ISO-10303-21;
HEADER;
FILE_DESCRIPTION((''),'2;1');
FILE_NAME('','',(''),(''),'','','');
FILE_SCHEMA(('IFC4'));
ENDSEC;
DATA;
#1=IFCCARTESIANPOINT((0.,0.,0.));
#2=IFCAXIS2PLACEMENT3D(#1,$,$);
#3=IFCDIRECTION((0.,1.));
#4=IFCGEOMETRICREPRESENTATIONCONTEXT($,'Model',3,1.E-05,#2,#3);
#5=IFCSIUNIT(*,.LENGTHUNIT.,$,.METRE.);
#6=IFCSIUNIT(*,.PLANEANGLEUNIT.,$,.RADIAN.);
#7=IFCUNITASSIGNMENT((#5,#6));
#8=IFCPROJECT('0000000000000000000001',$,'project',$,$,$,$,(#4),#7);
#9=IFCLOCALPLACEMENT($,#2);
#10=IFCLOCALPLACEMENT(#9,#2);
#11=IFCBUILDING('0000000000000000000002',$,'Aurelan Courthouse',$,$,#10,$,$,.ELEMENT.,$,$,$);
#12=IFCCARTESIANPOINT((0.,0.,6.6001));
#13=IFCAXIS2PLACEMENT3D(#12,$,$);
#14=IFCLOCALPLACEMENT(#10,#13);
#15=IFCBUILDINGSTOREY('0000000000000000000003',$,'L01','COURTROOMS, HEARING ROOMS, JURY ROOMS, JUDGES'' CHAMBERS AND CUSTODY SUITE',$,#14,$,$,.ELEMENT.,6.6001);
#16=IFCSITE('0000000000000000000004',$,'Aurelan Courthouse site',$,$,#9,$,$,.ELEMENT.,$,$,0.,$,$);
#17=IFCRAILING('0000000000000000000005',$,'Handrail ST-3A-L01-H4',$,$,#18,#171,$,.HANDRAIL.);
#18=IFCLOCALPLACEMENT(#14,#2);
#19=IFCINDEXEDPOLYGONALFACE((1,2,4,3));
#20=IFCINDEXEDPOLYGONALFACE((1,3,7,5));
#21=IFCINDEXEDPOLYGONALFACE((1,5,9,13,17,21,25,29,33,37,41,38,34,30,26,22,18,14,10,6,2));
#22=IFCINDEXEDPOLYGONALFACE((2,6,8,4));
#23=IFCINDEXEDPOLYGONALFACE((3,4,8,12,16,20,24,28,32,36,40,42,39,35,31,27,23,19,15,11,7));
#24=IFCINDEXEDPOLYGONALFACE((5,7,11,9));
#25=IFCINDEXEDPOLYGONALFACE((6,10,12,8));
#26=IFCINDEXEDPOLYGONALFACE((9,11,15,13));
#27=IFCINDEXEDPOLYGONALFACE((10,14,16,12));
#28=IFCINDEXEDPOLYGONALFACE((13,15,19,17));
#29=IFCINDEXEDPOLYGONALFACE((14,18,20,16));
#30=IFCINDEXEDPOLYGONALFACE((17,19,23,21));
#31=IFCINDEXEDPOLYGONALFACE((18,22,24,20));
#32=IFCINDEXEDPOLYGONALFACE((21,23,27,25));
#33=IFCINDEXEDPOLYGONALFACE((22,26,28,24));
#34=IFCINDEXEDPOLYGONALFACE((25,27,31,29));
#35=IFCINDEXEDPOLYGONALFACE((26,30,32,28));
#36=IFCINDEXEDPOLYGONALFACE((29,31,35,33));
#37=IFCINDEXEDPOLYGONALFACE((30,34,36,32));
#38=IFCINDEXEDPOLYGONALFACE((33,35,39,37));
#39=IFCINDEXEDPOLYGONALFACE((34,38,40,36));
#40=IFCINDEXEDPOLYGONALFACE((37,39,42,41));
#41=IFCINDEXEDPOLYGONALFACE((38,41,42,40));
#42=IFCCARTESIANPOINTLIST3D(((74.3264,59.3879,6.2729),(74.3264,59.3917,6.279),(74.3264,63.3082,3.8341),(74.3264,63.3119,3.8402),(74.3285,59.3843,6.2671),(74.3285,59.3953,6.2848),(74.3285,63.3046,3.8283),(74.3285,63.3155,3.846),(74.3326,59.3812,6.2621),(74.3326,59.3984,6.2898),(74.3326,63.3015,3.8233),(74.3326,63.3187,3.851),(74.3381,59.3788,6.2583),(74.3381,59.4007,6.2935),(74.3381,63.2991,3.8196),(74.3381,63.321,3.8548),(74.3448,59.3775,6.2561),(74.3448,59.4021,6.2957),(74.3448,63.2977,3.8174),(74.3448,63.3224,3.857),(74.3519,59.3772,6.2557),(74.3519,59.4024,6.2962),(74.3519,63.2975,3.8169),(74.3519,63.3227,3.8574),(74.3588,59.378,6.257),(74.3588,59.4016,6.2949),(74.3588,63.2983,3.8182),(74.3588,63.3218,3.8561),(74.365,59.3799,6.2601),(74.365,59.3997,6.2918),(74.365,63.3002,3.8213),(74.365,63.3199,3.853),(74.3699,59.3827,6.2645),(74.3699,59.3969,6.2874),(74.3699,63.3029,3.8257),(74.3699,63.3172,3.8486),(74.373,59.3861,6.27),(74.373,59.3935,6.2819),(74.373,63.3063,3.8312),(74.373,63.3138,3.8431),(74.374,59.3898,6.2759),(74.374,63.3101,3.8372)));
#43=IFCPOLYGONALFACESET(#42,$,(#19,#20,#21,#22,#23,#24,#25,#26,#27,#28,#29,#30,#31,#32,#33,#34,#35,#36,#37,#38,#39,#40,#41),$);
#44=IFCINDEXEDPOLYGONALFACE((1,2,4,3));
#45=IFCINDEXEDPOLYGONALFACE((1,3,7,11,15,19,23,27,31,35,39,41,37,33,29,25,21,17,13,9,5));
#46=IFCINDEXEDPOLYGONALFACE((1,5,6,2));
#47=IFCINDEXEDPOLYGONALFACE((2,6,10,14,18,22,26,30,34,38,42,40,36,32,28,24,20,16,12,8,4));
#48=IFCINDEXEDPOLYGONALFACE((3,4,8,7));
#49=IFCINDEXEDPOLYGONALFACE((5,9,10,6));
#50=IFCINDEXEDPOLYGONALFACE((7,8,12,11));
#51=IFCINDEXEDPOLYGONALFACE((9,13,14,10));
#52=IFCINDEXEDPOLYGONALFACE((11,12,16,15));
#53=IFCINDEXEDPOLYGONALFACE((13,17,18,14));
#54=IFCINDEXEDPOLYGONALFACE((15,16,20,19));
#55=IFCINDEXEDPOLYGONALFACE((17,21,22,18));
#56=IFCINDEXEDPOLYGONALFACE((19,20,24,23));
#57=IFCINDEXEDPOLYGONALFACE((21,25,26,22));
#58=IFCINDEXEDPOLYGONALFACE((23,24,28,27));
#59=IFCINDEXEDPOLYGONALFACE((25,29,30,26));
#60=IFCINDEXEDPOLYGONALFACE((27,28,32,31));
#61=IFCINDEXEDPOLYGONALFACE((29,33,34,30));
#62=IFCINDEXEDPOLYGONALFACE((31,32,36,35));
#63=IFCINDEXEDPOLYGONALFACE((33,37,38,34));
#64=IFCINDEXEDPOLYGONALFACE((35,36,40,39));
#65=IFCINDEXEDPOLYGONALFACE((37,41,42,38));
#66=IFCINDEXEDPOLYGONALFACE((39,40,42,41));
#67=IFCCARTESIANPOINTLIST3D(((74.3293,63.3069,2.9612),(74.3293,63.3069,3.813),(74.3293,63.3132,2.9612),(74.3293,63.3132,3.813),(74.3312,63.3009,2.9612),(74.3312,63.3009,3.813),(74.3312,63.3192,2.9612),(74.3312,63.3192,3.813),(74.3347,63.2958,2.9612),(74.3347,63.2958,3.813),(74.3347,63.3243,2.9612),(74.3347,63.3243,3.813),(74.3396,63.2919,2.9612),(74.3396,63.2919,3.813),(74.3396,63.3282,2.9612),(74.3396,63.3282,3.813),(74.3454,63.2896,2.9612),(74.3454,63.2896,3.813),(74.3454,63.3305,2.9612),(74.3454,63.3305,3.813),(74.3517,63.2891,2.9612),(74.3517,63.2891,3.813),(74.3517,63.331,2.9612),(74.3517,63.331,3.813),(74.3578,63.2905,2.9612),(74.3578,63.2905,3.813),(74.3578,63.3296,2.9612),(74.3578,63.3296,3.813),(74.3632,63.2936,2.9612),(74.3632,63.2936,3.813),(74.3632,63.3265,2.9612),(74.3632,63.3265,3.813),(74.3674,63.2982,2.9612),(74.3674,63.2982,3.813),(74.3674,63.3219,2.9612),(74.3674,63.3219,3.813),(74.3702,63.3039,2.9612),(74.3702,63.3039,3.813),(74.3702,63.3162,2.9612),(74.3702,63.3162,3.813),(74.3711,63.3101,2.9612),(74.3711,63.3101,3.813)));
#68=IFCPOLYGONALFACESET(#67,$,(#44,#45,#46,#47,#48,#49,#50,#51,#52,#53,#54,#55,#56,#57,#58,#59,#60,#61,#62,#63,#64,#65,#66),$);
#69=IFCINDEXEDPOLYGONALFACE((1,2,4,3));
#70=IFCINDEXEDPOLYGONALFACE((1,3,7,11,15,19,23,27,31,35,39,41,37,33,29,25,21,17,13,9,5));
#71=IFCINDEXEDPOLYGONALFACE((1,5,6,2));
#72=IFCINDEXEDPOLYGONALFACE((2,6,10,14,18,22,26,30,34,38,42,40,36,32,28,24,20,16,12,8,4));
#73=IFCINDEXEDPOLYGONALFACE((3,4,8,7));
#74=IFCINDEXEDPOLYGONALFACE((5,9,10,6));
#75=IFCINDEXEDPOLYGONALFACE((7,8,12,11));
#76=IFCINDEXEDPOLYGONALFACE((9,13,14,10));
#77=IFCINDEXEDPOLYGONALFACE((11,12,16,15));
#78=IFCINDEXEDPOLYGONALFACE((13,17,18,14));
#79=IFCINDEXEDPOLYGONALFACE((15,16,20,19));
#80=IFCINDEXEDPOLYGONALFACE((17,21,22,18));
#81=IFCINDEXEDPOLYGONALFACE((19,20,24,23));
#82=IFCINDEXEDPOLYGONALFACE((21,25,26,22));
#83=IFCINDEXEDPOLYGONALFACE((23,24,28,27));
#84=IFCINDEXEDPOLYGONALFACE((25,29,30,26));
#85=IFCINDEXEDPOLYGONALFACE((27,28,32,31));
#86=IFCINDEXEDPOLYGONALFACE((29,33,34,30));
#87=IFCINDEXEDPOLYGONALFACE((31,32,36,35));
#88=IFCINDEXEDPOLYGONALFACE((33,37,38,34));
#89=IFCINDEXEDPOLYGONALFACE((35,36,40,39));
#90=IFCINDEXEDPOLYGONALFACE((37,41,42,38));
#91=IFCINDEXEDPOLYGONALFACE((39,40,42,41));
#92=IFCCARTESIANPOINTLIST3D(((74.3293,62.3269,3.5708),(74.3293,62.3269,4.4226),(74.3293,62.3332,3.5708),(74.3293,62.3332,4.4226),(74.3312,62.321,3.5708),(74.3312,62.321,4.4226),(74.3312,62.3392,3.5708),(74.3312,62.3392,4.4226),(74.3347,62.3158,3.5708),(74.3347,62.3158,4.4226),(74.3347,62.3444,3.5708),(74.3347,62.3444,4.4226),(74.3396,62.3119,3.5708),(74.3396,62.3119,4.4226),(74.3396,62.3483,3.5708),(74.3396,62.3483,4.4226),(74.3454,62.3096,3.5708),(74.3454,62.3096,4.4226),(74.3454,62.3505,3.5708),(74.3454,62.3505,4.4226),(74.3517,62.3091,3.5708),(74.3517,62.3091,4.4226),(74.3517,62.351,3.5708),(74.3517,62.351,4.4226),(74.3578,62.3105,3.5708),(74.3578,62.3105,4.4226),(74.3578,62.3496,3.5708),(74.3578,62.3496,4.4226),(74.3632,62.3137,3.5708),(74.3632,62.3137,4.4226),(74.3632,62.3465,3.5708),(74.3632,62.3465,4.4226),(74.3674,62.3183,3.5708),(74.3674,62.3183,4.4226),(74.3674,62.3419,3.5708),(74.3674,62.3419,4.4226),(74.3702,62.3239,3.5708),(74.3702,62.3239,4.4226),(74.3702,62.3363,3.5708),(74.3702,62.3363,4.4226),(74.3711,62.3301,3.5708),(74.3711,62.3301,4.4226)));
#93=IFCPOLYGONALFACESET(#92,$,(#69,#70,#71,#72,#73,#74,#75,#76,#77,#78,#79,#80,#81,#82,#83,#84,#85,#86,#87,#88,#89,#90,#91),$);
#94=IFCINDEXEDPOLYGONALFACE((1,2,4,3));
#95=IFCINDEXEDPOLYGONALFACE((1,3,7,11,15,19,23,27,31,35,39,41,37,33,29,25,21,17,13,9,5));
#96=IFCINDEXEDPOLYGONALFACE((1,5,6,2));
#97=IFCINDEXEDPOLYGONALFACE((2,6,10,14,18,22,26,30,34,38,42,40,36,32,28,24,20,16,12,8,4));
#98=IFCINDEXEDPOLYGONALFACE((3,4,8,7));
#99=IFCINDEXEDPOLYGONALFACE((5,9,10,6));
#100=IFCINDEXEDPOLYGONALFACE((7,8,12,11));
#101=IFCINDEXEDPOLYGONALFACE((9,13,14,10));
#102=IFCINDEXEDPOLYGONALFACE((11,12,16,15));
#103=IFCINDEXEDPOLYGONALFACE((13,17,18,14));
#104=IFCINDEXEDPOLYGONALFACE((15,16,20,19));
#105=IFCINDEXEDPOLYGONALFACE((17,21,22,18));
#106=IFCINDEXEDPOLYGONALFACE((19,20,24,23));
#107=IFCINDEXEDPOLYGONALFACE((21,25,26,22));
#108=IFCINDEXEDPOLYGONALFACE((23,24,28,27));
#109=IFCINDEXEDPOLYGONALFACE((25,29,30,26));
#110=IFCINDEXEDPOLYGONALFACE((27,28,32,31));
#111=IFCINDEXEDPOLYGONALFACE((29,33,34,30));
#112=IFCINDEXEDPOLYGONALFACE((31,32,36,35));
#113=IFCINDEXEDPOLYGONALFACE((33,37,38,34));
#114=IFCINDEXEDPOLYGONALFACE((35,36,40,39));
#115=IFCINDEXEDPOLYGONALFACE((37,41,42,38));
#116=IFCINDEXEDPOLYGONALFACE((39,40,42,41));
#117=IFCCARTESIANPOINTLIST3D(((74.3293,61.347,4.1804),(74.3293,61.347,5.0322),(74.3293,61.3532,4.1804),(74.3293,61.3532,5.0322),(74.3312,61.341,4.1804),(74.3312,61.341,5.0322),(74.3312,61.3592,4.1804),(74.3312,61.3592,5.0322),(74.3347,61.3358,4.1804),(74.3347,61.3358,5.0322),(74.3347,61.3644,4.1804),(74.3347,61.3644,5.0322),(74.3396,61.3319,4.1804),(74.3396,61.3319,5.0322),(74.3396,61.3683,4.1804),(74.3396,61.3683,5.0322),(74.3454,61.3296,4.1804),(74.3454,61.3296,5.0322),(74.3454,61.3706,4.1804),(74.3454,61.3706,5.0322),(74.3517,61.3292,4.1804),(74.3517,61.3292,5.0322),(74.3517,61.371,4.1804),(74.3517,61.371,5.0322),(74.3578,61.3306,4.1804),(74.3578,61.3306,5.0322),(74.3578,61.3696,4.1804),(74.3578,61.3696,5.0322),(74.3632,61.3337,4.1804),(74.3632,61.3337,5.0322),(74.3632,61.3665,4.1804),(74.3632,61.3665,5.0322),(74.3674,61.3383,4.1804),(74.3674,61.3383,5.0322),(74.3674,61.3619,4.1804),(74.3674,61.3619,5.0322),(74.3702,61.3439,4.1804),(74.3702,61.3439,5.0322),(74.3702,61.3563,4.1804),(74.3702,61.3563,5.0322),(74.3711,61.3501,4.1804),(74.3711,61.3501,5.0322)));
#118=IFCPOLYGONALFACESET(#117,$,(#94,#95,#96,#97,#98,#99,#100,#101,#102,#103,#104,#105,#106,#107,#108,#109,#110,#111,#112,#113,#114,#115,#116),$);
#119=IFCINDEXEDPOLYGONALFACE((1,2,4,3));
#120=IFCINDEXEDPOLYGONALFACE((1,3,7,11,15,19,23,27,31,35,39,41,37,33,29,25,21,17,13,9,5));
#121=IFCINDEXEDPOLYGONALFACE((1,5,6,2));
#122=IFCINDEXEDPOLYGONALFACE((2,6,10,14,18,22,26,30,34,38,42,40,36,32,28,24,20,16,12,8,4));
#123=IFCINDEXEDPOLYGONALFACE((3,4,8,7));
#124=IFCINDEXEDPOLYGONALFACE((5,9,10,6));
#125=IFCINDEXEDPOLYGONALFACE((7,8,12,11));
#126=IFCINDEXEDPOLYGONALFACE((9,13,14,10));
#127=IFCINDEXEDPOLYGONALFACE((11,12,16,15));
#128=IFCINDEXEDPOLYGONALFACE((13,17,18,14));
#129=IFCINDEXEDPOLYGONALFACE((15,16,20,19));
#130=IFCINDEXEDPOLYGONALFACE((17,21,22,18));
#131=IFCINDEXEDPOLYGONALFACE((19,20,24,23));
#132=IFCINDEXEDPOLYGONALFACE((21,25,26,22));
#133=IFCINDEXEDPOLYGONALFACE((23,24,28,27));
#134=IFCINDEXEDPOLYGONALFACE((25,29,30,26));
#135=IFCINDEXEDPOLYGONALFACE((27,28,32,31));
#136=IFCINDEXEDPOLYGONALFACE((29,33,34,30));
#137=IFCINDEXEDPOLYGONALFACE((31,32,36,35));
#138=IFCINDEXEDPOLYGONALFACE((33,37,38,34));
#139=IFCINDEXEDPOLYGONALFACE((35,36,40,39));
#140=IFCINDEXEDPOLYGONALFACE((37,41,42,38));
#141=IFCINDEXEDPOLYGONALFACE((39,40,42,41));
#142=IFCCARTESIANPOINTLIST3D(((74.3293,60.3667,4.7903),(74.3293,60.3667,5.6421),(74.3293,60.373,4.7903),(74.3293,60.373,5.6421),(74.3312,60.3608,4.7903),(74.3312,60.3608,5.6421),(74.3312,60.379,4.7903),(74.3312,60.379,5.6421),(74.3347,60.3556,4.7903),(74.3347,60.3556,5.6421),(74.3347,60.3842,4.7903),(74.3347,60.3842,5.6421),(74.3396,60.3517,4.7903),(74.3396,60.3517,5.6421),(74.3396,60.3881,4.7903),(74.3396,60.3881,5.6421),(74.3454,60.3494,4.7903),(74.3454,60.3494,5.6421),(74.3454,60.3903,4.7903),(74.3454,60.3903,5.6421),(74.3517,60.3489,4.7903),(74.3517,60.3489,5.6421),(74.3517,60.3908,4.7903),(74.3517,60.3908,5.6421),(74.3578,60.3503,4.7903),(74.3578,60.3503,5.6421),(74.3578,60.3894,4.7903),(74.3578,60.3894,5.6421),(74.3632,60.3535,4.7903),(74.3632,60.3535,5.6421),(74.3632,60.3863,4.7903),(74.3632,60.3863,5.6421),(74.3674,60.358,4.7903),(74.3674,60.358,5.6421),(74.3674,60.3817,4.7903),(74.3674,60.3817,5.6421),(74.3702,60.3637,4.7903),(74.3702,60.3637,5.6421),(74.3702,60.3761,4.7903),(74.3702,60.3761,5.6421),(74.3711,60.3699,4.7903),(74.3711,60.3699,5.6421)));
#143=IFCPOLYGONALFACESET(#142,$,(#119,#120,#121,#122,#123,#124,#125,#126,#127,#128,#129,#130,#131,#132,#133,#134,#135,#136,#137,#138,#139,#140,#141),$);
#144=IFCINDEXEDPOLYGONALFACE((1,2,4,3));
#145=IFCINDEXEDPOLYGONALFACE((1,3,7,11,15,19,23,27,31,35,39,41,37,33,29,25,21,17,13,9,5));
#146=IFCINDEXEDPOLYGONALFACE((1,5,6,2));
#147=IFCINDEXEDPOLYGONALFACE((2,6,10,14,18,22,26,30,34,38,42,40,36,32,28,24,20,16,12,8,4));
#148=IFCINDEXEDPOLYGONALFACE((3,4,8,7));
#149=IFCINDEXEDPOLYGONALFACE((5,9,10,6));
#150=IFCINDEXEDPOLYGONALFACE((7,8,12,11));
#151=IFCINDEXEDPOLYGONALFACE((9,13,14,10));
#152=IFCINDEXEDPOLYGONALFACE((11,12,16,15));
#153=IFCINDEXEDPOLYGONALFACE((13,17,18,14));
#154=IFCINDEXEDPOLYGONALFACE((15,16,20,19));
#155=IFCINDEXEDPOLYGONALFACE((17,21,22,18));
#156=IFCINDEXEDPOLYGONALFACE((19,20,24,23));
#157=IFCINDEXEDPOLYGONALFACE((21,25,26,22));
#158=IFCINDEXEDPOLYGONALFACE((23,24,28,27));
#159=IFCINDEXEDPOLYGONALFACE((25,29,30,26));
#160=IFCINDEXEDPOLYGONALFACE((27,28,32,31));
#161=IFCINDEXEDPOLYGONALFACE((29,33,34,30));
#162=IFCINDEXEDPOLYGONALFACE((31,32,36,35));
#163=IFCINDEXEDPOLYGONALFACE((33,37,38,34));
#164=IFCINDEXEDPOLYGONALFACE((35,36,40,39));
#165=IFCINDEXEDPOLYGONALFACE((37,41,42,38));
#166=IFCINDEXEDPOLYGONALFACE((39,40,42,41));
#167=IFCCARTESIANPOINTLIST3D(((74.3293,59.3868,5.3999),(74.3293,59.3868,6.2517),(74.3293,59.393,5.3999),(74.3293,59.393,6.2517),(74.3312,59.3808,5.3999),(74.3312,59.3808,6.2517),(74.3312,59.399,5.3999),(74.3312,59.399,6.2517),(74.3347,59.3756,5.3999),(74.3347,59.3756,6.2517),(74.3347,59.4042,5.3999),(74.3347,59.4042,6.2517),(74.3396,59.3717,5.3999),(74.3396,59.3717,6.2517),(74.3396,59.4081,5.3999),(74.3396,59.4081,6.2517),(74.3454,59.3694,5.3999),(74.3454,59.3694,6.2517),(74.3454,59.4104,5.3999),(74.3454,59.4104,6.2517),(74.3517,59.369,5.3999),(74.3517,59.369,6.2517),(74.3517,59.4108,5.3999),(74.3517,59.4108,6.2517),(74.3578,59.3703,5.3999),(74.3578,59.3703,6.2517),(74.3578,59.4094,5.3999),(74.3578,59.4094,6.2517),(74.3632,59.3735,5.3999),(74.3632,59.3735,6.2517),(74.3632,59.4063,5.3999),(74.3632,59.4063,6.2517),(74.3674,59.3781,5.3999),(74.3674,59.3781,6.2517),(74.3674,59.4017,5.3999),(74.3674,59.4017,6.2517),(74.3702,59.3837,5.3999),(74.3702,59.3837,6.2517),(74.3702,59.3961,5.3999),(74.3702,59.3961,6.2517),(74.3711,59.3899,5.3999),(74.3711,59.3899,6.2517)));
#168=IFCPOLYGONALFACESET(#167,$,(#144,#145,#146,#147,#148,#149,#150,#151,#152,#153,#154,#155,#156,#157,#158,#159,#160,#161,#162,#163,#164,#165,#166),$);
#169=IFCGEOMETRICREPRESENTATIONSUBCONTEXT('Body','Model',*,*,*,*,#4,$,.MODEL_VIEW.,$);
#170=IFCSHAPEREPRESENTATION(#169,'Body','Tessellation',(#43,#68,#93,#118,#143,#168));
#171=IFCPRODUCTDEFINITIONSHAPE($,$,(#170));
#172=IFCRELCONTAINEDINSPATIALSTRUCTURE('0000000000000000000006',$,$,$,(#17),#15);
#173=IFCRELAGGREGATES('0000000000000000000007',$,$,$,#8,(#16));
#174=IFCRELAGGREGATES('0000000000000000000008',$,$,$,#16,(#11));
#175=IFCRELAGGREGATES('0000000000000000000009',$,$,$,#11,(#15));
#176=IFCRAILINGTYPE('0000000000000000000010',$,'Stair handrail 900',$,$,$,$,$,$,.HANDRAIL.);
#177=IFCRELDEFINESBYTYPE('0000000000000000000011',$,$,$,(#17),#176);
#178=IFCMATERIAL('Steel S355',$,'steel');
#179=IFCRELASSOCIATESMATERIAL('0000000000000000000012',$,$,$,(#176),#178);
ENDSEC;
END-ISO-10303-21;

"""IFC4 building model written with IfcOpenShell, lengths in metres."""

from ifc_helpers import new_model, si_unit, direction, frame, origin, origin_2d, place, context, subcontext, project, spatial, circle, extrude, material, type_object, element, save


model = new_model("IFC4")

# Units and contexts
model_context = context("Model", 3, precision=1e-05, world=origin(), true_north=direction((0.0, 1.0)))
body_context = subcontext(model_context, "Body", "Model", "MODEL_VIEW")
ifc_project = project(units=[si_unit("LENGTHUNIT", "METRE"), si_unit("PLANEANGLEUNIT", "RADIAN")], contexts=[model_context])

# Site, building, storey
site_placement = place(None, origin())
site = spatial("IfcSite", under=ifc_project, at=site_placement, Name="Aurelan Courthouse site", CompositionType="ELEMENT", RefElevation=0.0)
building_placement = place(site_placement, origin())
building = spatial("IfcBuilding", under=site, at=building_placement, Name="Aurelan Courthouse", CompositionType="ELEMENT")
storey_placement = place(building_placement, frame((0.0, 0.0, 6.6001)))
storey = spatial("IfcBuildingStorey", under=building, at=storey_placement, Name="L01", Description="COURTROOMS, HEARING ROOMS, JURY ROOMS, JUDGES' CHAMBERS AND CUSTODY SUITE", CompositionType="ELEMENT", Elevation=6.6001)

# Railing
ifc_material_1 = material(Name="Steel S355", Category="steel")
railing_type_1 = type_object("IfcRailingType", Name="Stair handrail 900", PredefinedType="HANDRAIL", material=ifc_material_1)
for number, where, name in (
    (1, (74.3501, 63.3101, 2.9612), "Handrail ST-3A-L01-H4"),
):
    element("IfcRailing", number, at=place(storey_placement, frame(where)), inside=storey, type_object=railing_type_1, Name=name, PredefinedType="HANDRAIL", context=body_context, shape_type="SweptSolid", body=[
        extrude(circle(Radius=0.0239, at=origin_2d()), frame((0.0, 0.0, 0.876), z_axis=(0.0, -0.849105, 0.528225), x_axis=(1.0, 0.0, 0.0)), (0.0, 0.0, 1.0), 4.6169),
        extrude(circle(Radius=0.021, at=origin_2d()), origin(), (0.0, 0.0, 1.0), 0.8518),
        extrude(circle(Radius=0.021, at=origin_2d()), frame((0.0, -0.98, 0.6096)), (0.0, 0.0, 1.0), 0.8518),
        extrude(circle(Radius=0.021, at=origin_2d()), frame((0.0, -1.96, 1.2192)), (0.0, 0.0, 1.0), 0.8518),
        extrude(circle(Radius=0.021, at=origin_2d()), frame((0.0, -2.9402, 1.8291)), (0.0, 0.0, 1.0), 0.8518),
        extrude(circle(Radius=0.021, at=origin_2d()), frame((0.0, -3.9202, 2.4387)), (0.0, 0.0, 1.0), 0.8518),
    ])

save(model, "model.ifc")
